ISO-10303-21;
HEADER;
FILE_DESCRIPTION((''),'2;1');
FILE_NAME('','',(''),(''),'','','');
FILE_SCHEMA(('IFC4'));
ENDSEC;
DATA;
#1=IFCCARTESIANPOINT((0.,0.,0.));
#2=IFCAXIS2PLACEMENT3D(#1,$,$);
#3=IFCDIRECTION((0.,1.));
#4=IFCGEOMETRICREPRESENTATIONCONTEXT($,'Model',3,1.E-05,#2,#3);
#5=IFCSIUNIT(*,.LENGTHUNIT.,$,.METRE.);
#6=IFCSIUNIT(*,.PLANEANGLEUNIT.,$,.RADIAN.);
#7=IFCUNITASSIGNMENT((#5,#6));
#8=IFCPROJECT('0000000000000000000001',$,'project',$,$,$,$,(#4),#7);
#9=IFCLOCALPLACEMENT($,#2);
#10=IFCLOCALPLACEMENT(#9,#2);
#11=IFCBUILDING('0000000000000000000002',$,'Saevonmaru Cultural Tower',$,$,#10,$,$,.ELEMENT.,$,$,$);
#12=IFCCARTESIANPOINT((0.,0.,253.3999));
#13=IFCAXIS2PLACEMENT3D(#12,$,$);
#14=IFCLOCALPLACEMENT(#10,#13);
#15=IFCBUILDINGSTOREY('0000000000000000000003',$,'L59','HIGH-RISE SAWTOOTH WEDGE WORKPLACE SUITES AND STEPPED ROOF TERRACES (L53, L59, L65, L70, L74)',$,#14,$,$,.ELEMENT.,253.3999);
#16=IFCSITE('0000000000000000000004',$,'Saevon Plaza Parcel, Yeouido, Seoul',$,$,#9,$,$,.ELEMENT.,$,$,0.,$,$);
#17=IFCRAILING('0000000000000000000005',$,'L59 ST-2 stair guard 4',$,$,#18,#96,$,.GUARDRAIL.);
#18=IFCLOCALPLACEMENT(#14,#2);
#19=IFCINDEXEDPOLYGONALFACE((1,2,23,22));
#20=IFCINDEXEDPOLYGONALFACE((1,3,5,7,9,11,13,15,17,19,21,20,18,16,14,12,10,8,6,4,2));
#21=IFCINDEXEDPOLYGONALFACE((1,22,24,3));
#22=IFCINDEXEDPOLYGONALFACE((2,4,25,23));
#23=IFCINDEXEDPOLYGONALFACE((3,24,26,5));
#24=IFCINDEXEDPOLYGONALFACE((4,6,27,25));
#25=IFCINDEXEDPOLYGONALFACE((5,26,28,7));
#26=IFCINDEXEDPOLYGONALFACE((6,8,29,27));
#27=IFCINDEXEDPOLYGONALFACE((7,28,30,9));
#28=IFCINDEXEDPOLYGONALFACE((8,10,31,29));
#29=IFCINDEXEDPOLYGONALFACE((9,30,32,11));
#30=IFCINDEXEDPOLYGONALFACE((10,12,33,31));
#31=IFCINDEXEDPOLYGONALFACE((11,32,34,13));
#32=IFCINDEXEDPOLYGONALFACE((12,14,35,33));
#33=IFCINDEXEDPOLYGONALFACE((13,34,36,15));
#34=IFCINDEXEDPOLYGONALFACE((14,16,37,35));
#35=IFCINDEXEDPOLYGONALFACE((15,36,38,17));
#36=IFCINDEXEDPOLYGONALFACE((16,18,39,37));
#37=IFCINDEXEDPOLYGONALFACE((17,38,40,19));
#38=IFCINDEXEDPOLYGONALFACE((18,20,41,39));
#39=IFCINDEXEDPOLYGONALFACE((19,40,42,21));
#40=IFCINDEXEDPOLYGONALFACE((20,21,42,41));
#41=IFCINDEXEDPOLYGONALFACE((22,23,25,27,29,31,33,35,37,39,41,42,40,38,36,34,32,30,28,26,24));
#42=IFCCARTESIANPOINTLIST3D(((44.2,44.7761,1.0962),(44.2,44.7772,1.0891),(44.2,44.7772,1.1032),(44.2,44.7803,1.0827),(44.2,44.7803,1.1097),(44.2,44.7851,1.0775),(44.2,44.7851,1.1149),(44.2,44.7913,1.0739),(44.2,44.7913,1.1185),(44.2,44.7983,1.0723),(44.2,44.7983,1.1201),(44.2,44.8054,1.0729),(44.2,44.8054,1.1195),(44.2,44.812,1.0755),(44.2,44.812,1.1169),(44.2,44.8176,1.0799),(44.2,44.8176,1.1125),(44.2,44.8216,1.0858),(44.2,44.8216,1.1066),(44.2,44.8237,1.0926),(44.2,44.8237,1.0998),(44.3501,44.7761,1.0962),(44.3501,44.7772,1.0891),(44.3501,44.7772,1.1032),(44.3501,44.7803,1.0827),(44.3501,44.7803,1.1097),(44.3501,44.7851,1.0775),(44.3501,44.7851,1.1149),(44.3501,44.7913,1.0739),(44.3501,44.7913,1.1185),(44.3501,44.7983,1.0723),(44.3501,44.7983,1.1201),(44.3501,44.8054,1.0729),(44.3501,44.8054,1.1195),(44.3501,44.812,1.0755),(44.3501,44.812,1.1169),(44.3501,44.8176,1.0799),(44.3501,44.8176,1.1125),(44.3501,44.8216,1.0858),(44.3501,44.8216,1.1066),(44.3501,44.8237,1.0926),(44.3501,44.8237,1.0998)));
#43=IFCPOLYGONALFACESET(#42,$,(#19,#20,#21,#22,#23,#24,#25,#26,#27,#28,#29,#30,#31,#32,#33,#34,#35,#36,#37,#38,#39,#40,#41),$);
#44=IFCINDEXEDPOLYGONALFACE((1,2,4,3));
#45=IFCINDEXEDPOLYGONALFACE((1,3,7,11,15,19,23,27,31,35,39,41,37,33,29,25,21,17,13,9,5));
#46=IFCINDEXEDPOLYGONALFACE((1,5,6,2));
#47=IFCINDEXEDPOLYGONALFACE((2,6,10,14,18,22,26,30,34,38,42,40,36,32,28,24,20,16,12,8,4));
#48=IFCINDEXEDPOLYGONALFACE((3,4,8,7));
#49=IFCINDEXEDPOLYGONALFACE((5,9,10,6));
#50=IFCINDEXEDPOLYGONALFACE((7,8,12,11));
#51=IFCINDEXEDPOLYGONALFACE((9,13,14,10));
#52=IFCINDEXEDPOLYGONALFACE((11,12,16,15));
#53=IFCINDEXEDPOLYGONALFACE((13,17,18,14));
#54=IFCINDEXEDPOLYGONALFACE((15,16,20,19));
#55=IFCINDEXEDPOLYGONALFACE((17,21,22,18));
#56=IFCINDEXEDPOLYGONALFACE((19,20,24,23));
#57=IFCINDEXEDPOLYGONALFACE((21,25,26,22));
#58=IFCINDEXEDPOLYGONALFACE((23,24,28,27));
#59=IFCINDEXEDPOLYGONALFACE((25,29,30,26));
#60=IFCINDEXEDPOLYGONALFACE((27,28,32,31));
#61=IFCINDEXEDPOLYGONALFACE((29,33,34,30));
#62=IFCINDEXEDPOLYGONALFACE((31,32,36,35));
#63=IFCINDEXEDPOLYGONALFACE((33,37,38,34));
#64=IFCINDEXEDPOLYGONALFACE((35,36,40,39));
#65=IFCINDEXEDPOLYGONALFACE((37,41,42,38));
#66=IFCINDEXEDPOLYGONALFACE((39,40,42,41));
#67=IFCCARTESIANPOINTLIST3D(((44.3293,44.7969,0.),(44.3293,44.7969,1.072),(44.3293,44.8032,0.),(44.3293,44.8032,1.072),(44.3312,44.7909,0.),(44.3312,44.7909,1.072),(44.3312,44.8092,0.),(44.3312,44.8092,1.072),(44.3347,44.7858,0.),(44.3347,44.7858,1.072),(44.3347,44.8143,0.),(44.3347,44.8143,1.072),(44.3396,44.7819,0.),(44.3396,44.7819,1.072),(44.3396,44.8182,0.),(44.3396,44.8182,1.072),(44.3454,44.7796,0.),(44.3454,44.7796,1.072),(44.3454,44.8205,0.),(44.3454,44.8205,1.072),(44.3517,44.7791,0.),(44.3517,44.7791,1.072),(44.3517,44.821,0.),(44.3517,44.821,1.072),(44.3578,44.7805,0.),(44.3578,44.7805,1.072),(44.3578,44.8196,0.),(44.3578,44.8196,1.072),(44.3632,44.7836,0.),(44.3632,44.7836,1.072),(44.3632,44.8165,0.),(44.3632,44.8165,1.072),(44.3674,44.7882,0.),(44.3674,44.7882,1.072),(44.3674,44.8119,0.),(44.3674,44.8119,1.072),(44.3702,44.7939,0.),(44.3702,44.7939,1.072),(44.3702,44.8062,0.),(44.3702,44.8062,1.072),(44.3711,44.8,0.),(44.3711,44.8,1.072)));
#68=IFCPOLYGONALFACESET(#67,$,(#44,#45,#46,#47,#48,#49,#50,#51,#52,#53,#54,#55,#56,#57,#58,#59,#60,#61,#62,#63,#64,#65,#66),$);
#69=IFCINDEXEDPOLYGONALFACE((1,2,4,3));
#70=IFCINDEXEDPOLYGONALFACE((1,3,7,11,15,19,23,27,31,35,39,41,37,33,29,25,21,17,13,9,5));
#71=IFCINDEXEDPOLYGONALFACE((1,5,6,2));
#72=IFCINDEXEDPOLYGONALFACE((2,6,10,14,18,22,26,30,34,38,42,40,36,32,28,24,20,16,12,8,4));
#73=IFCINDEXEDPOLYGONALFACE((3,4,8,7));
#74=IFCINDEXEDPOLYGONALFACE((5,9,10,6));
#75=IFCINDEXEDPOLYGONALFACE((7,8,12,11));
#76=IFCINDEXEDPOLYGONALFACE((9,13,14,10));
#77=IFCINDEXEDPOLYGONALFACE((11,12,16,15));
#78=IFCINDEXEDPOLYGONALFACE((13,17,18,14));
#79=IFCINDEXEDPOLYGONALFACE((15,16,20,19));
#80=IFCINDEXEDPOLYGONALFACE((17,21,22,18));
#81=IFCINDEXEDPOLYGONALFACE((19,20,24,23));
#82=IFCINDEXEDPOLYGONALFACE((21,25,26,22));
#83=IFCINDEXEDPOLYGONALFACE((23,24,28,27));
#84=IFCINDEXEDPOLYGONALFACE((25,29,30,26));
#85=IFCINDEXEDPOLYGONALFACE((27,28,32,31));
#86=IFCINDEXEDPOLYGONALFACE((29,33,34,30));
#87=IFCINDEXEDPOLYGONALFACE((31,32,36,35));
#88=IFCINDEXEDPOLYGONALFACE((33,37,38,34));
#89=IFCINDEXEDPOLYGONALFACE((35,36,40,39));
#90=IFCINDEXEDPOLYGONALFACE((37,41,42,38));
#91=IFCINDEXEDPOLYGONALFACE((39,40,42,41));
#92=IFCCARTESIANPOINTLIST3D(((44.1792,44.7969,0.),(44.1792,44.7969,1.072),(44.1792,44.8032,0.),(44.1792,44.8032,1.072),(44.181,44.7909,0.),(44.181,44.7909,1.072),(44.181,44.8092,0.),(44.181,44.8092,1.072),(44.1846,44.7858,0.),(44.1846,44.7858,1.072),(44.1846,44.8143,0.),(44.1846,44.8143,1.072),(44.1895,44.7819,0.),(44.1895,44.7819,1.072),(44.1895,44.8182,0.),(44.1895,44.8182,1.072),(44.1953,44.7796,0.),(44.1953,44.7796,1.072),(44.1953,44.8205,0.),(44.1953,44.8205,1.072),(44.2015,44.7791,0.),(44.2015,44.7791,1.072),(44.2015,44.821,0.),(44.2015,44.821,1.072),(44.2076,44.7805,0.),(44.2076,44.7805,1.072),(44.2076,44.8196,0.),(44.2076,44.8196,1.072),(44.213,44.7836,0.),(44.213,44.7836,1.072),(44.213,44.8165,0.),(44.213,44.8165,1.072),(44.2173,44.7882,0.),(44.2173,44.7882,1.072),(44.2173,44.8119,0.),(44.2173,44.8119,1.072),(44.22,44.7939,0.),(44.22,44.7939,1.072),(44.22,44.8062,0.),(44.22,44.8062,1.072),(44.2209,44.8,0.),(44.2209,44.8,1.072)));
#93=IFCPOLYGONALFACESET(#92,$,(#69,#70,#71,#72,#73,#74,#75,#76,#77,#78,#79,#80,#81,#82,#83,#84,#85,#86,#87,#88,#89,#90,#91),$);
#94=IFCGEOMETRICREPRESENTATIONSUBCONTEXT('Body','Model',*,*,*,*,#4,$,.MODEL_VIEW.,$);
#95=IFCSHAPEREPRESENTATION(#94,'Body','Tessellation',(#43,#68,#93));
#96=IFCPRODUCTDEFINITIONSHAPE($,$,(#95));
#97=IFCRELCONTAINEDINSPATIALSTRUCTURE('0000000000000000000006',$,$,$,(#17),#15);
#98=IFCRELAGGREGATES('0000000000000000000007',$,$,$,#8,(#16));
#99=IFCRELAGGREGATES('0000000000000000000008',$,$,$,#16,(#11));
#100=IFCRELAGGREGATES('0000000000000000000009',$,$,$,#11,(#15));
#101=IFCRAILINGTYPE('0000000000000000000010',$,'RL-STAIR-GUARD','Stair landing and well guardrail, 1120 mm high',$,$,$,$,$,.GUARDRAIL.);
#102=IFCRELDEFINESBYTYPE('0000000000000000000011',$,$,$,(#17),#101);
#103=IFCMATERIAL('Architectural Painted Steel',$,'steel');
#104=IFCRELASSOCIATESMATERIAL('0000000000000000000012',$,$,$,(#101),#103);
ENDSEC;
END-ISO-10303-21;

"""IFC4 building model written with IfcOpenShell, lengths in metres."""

from ifc_helpers import new_model, si_unit, direction, frame, origin, origin_2d, place, context, subcontext, project, spatial, circle, extrude, material, type_object, element, save


model = new_model("IFC4")

# Units and contexts
model_context = context("Model", 3, precision=1e-05, world=origin(), true_north=direction((0.0, 1.0)))
body_context = subcontext(model_context, "Body", "Model", "MODEL_VIEW")
ifc_project = project(units=[si_unit("LENGTHUNIT", "METRE"), si_unit("PLANEANGLEUNIT", "RADIAN")], contexts=[model_context])

# Site, building, storey
site_placement = place(None, origin())
site = spatial("IfcSite", under=ifc_project, at=site_placement, Name="Saevon Plaza Parcel, Yeouido, Seoul", CompositionType="ELEMENT", RefElevation=0.0)
building_placement = place(site_placement, origin())
building = spatial("IfcBuilding", under=site, at=building_placement, Name="Saevonmaru Cultural Tower", CompositionType="ELEMENT")
storey_placement = place(building_placement, frame((0.0, 0.0, 253.3999)))
storey = spatial("IfcBuildingStorey", under=building, at=storey_placement, Name="L59", Description="HIGH-RISE SAWTOOTH WEDGE WORKPLACE SUITES AND STEPPED ROOF TERRACES (L53, L59, L65, L70, L74)", CompositionType="ELEMENT", Elevation=253.3999)

# Railing
ifc_material_1 = material(Name="Architectural Painted Steel", Category="steel")
railing_type_1 = type_object("IfcRailingType", Name="RL-STAIR-GUARD", Description="Stair landing and well guardrail, 1120 mm high", PredefinedType="GUARDRAIL", material=ifc_material_1)
railing_1_placement = place(storey_placement, frame((44.3501, 44.8, 0.0)))
element("IfcRailing", 1, at=railing_1_placement, inside=storey, type_object=railing_type_1, Name="L59 ST-2 stair guard 4", PredefinedType="GUARDRAIL", context=body_context, shape_type="SweptSolid", body=[
    extrude(circle(Radius=0.0239, at=origin_2d()), frame((0.0, 0.0, 1.0962), z_axis=(-1.0, 0.0, 0.0), x_axis=(0.0, -1.0, 0.0)), (0.0, 0.0, 1.0), 0.1501),
    extrude(circle(Radius=0.021, at=origin_2d()), origin(), (0.0, 0.0, 1.0), 1.072),
    extrude(circle(Radius=0.021, at=origin_2d()), frame((-0.1501, 0.0, 0.0)), (0.0, 0.0, 1.0), 1.072),
])

save(model, "model.ifc")
